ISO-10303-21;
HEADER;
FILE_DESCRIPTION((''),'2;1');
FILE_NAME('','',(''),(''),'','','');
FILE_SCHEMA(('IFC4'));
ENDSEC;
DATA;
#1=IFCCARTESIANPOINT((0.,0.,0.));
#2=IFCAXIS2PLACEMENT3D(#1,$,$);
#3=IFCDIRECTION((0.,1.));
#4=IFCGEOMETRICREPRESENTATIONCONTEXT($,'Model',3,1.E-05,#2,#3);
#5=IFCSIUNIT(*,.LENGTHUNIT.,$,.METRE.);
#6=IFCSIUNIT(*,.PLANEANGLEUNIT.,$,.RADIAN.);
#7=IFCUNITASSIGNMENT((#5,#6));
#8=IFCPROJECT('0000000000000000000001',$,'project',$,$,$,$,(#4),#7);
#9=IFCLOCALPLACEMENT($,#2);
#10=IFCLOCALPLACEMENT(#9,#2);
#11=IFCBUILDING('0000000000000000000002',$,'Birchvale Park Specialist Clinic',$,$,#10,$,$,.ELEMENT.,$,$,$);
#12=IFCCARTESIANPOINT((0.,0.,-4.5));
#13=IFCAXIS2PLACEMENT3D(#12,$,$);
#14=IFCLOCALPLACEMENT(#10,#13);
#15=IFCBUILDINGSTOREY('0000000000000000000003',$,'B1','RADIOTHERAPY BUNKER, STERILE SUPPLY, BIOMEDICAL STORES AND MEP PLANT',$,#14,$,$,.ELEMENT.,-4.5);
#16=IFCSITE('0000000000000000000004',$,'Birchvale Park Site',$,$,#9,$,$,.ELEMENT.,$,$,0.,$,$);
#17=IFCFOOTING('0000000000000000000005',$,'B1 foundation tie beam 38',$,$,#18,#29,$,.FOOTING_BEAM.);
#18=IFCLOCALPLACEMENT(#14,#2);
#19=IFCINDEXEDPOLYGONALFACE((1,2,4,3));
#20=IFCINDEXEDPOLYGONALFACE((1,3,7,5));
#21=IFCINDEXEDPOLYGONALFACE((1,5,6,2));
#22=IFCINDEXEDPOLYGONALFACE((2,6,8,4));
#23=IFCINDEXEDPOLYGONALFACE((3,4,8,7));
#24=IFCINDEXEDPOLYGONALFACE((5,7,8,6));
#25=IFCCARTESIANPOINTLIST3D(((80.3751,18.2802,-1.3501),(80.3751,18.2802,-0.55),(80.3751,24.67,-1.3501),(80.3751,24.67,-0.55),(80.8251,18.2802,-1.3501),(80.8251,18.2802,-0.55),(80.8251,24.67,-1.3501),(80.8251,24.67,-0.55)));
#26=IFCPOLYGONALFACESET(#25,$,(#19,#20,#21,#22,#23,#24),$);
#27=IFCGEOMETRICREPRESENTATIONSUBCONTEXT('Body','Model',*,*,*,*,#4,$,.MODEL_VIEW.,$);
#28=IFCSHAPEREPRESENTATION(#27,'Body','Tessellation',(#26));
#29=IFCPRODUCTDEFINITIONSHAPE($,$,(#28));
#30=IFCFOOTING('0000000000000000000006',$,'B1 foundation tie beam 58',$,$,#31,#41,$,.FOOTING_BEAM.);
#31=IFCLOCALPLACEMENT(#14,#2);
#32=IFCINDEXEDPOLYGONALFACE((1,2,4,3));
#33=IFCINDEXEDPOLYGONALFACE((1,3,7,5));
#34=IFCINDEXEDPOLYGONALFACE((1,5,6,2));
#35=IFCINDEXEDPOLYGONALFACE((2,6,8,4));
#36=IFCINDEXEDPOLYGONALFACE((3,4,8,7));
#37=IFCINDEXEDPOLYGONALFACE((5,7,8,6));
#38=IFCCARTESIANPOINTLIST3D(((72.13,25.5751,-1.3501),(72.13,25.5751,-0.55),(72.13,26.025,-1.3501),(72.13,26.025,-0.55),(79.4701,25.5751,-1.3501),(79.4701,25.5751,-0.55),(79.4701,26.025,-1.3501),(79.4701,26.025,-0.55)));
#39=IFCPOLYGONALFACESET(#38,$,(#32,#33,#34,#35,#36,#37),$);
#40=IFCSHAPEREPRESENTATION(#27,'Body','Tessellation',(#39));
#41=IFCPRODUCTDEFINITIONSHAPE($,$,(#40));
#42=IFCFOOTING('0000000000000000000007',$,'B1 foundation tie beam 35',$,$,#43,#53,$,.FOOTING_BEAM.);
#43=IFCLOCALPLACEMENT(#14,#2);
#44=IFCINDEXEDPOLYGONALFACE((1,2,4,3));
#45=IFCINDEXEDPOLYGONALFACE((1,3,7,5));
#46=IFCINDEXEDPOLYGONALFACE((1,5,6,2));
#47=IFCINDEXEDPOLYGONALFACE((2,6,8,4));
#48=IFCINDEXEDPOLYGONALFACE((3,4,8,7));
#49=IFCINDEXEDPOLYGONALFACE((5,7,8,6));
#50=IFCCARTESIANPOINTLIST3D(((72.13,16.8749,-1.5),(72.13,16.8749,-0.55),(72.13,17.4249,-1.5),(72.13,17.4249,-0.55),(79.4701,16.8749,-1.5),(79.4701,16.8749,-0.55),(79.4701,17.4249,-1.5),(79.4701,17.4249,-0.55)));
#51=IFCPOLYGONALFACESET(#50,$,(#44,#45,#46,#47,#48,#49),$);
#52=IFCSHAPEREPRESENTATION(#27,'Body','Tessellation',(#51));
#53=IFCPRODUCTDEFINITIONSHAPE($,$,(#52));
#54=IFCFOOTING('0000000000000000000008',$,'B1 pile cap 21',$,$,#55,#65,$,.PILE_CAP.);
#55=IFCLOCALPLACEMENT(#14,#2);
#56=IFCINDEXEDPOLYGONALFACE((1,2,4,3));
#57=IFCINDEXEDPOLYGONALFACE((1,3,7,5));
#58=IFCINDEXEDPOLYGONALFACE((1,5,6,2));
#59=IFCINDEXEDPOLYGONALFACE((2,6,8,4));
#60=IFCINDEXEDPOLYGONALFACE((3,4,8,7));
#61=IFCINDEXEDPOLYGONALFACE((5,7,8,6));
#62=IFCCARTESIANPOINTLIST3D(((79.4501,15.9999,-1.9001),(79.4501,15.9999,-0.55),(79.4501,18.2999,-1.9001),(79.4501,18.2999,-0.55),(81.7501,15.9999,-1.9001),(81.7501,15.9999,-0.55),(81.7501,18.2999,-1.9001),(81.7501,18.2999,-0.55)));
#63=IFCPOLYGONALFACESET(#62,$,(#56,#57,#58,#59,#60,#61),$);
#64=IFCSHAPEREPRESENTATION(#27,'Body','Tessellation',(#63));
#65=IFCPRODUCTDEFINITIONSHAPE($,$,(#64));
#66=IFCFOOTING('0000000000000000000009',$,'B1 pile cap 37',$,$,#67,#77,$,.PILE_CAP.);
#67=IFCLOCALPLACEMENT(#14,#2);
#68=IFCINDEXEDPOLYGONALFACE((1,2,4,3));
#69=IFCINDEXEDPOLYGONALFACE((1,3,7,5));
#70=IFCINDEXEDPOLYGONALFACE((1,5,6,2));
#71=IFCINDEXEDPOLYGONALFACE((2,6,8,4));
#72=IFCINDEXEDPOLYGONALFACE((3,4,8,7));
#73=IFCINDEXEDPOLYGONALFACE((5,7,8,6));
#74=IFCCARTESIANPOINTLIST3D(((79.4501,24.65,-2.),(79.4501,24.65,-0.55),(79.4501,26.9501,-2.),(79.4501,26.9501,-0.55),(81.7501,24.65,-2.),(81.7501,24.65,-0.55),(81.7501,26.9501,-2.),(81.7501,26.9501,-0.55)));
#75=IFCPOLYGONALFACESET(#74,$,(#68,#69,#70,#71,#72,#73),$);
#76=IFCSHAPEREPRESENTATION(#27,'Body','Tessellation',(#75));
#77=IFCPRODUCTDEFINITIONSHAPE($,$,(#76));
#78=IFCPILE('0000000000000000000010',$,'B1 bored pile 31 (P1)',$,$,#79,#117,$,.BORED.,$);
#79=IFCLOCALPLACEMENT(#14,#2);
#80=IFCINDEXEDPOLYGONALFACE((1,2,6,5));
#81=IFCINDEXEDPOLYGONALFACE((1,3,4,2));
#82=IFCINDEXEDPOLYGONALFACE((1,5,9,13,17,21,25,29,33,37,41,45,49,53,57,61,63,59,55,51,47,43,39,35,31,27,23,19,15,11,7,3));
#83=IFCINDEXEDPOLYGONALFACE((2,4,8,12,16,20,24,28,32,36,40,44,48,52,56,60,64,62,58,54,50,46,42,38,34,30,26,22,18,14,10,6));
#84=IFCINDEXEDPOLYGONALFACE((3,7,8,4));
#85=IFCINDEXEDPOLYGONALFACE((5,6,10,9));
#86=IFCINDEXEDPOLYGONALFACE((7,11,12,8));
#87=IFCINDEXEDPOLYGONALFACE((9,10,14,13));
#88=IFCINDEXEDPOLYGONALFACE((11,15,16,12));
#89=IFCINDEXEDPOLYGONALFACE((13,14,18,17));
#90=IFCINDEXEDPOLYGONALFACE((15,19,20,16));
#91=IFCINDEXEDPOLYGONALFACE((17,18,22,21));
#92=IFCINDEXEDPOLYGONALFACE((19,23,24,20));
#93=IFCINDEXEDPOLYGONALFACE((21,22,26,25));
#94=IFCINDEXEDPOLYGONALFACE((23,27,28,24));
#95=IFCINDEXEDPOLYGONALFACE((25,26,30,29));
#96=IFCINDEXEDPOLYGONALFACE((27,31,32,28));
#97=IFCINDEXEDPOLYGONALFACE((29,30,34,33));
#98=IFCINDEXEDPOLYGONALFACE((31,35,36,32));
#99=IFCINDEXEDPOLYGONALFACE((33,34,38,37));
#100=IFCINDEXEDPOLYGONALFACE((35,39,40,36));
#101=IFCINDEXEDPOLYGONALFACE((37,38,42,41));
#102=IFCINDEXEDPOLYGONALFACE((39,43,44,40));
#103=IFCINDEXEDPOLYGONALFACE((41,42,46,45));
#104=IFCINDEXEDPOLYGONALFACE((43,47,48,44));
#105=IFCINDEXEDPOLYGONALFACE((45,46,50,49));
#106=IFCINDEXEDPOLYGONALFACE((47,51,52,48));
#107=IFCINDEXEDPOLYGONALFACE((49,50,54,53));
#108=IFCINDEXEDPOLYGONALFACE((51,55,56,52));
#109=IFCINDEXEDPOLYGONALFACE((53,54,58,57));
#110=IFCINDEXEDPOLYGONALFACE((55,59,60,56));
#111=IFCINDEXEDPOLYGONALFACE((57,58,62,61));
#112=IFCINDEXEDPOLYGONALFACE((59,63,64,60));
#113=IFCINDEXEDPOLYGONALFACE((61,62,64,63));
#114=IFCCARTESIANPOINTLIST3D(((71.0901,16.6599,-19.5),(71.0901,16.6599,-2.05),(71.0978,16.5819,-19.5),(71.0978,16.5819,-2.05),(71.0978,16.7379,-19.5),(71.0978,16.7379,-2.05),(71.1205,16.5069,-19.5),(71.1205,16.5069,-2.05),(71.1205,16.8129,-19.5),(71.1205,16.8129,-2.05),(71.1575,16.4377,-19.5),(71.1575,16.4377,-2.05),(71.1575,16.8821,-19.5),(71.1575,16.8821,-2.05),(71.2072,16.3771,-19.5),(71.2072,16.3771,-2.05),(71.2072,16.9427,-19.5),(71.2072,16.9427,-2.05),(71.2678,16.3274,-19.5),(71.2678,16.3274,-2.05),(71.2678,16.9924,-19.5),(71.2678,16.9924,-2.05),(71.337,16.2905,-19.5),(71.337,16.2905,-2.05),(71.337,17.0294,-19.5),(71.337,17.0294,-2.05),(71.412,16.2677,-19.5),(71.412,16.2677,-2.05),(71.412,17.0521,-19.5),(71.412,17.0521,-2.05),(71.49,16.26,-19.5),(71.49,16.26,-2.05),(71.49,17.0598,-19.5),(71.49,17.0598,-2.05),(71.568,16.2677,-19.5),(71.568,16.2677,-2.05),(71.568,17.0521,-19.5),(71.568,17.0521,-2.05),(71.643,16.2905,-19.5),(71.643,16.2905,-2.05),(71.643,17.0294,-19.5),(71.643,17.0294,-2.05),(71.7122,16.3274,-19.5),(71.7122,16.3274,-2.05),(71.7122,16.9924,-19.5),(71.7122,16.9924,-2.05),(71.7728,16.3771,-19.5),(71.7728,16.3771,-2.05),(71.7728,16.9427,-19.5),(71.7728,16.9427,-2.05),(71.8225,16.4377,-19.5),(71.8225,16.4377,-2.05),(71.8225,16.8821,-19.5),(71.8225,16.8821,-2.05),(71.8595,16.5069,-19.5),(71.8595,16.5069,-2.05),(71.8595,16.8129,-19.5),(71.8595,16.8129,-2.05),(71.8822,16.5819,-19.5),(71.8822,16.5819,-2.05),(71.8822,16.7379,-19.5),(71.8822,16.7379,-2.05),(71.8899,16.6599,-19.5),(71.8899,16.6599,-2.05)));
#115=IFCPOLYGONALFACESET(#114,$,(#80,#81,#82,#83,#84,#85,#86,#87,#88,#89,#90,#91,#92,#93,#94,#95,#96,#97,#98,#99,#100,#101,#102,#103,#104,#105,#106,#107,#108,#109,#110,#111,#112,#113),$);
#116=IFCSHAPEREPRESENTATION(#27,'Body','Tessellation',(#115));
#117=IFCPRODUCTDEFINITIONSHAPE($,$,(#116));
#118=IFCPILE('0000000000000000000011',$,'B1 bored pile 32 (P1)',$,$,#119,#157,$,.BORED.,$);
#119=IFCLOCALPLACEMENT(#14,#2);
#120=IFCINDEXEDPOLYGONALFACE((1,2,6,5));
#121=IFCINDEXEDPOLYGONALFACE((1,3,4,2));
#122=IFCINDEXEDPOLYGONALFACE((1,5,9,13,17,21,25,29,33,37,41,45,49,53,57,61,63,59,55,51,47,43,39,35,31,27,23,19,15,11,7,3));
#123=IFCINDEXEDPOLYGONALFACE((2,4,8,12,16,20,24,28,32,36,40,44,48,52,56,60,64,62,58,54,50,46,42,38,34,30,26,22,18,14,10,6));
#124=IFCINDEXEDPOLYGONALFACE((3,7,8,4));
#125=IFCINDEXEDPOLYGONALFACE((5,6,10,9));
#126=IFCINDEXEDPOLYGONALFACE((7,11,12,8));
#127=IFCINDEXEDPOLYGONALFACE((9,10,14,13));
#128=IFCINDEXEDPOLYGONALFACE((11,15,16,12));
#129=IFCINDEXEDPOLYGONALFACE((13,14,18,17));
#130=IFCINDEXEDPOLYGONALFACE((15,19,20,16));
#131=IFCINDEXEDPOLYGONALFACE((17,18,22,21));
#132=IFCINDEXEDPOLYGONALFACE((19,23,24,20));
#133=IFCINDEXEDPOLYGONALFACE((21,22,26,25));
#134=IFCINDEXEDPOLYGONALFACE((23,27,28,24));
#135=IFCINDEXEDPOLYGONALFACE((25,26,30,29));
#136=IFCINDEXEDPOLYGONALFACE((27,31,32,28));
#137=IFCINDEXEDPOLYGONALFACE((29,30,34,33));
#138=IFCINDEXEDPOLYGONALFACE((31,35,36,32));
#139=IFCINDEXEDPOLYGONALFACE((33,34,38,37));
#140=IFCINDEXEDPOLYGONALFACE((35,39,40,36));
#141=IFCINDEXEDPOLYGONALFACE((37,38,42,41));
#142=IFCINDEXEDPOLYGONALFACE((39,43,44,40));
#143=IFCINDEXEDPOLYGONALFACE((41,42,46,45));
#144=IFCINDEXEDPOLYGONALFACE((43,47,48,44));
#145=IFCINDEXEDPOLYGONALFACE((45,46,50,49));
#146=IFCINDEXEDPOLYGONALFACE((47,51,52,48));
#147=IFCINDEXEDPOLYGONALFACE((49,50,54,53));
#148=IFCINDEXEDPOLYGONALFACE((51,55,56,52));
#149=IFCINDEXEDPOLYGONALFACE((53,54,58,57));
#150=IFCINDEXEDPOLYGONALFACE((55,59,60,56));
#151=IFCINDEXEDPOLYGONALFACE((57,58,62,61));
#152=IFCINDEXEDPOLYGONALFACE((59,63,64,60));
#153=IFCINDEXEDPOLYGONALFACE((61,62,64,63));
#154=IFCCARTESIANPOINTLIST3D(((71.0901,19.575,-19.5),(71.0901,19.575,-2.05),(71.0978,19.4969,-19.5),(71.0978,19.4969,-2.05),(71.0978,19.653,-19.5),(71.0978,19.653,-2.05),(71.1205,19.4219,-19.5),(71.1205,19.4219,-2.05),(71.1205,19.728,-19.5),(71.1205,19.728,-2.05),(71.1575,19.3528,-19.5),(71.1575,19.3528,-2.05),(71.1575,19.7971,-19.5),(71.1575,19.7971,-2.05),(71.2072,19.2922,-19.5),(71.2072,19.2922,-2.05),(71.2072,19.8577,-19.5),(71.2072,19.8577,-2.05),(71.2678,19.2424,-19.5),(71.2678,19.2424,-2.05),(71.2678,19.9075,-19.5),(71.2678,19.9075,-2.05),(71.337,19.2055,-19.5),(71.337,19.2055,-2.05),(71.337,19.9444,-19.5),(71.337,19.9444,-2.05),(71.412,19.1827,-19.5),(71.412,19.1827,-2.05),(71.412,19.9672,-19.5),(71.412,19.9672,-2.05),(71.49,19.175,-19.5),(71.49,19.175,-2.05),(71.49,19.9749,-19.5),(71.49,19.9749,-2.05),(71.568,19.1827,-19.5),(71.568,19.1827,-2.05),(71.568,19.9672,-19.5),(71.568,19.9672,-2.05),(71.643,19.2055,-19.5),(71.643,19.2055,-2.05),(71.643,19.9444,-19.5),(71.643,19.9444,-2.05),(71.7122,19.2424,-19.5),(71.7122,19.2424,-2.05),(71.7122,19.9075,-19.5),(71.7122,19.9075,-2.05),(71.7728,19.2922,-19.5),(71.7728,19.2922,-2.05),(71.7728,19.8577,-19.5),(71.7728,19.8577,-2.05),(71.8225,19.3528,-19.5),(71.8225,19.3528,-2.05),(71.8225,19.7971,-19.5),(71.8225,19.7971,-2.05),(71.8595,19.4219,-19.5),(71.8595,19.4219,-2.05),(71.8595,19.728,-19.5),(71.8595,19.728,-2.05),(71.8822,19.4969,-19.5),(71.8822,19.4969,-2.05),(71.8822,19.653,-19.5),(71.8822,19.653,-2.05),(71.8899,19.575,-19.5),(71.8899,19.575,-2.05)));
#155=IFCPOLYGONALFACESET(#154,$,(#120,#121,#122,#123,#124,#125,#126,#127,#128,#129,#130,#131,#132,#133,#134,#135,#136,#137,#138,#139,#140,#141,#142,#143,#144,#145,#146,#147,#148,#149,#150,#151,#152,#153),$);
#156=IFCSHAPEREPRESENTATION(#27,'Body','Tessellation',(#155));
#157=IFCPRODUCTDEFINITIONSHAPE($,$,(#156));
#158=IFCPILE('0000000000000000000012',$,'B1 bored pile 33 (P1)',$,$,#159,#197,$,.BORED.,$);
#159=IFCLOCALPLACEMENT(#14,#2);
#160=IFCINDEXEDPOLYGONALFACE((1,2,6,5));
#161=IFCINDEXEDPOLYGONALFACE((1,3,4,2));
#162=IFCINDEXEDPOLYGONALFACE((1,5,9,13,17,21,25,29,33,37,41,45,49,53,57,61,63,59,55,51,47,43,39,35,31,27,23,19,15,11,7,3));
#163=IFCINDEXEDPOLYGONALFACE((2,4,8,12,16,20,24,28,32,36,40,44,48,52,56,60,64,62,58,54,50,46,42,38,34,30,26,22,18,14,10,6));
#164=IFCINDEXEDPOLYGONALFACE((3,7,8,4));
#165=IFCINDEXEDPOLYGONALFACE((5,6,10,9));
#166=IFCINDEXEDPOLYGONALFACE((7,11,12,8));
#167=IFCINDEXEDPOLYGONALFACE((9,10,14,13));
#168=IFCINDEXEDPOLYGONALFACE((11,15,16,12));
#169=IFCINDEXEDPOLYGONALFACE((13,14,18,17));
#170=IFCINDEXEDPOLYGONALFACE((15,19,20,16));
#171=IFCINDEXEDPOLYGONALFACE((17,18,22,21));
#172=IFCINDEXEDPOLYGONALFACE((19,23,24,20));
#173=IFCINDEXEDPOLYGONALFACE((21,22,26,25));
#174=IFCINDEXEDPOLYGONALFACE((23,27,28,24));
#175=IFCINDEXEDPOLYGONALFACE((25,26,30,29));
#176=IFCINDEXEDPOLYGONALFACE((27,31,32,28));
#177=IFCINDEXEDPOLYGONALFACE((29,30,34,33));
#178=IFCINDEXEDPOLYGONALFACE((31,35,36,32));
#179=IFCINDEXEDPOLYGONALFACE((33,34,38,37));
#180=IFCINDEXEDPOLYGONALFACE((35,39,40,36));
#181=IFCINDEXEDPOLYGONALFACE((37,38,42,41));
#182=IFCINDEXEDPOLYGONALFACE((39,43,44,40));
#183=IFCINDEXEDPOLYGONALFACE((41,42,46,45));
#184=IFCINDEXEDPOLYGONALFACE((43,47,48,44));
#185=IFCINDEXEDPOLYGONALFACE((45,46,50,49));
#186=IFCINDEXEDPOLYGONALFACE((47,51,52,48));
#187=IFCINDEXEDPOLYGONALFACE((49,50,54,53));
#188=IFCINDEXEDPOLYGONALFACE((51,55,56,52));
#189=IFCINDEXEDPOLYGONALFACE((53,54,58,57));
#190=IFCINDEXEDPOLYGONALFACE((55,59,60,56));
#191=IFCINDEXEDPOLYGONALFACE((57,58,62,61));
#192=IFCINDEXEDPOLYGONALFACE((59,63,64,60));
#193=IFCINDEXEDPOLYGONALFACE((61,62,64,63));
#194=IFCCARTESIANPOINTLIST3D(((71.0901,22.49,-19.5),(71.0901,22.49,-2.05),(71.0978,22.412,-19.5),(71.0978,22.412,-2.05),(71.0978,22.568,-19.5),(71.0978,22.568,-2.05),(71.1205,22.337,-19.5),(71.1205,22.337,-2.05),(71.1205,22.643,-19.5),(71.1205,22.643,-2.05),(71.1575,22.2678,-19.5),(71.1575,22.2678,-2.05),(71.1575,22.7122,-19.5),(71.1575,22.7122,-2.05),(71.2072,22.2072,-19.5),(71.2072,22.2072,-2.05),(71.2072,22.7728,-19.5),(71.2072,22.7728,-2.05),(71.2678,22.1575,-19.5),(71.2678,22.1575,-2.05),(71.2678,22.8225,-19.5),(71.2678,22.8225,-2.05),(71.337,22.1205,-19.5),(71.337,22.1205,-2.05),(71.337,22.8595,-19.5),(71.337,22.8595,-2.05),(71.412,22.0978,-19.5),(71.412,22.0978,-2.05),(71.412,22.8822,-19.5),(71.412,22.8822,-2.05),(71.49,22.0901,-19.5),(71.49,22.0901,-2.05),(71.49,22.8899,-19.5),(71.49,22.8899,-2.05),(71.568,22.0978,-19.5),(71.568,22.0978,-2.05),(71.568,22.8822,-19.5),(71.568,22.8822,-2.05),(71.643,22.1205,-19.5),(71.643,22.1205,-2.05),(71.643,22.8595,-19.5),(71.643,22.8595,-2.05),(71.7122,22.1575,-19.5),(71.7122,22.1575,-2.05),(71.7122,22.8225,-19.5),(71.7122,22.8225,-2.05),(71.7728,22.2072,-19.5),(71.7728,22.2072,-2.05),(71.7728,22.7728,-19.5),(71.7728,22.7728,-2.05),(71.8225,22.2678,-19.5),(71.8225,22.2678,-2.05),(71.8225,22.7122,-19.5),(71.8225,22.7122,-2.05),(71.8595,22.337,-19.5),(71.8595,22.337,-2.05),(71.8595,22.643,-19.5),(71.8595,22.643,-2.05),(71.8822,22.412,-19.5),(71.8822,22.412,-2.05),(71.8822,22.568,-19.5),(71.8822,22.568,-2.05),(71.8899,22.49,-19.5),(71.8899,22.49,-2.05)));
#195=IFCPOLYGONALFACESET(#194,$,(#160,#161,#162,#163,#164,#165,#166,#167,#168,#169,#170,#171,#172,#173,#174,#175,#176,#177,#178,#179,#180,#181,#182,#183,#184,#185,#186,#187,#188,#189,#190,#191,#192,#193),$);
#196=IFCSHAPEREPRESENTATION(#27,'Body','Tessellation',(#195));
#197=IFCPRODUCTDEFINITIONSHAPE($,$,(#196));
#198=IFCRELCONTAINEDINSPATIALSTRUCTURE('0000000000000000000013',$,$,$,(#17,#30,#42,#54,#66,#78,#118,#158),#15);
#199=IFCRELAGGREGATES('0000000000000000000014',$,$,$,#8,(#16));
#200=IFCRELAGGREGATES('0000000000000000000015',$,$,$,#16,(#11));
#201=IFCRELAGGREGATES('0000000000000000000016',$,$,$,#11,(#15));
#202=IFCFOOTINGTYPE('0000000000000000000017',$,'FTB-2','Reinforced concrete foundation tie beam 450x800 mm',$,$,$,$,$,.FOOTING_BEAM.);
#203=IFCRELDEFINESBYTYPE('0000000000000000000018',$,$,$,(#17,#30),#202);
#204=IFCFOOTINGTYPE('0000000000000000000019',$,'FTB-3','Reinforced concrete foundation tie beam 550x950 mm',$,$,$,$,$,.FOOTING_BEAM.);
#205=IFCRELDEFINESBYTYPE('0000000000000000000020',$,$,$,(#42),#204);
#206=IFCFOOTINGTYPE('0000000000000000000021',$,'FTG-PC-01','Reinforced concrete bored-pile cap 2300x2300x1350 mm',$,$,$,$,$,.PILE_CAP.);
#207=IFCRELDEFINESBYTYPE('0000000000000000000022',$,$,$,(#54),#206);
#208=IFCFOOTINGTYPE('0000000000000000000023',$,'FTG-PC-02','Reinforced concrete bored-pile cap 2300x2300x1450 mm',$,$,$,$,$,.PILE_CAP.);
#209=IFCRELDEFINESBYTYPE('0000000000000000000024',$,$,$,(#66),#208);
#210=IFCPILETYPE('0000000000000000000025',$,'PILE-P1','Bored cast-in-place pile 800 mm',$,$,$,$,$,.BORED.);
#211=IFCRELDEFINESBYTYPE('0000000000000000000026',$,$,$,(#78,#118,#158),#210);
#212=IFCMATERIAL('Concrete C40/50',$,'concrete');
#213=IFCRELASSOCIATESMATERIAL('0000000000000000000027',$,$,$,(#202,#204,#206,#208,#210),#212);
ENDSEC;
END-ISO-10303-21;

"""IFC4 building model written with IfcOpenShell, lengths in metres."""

from ifc_helpers import new_model, si_unit, direction, frame, origin, origin_2d, place, context, subcontext, project, spatial, rectangle, circle, extrude, material, material_profile, profile_set, type_object, element, save


model = new_model("IFC4")

# Units and contexts
model_context = context("Model", 3, precision=1e-05, world=origin(), true_north=direction((0.0, 1.0)))
body_context = subcontext(model_context, "Body", "Model", "MODEL_VIEW")
ifc_project = project(units=[si_unit("LENGTHUNIT", "METRE"), si_unit("PLANEANGLEUNIT", "RADIAN")], contexts=[model_context])

# Site, building, storey
site_placement = place(None, origin())
site = spatial("IfcSite", under=ifc_project, at=site_placement, Name="Birchvale Park Site", CompositionType="ELEMENT", RefElevation=0.0)
building_placement = place(site_placement, origin())
building = spatial("IfcBuilding", under=site, at=building_placement, Name="Birchvale Park Specialist Clinic", CompositionType="ELEMENT")
storey_placement = place(building_placement, frame((0.0, 0.0, -4.5)))
storey = spatial("IfcBuildingStorey", under=building, at=storey_placement, Name="B1", Description="RADIOTHERAPY BUNKER, STERILE SUPPLY, BIOMEDICAL STORES AND MEP PLANT", CompositionType="ELEMENT", Elevation=-4.5)

# Footings
ifc_material_1 = material(Name="Concrete C40/50", Category="concrete")
footing_type_1 = type_object("IfcFootingType", Name="FTB-2", Description="Reinforced concrete foundation tie beam 450x800 mm", PredefinedType="FOOTING_BEAM", material=ifc_material_1)
footing_1_placement = place(storey_placement, frame((80.6001, 21.4751, -1.3501), z_axis=(0.0, 0.0, 1.0), x_axis=(1.0, 0.0, 0.0)))
element("IfcFooting", 1, at=footing_1_placement, inside=storey, type_object=footing_type_1, Name="B1 foundation tie beam 38", PredefinedType="FOOTING_BEAM", context=body_context, shape_type="SweptSolid", body=[
    extrude(rectangle(XDim=0.45, YDim=6.3899, at=origin_2d()), origin(), (0.0, 0.0, 1.0), 0.8),
])
footing_2_placement = place(storey_placement, frame((75.8, 25.8, -1.3501), z_axis=(0.0, 0.0, 1.0), x_axis=(1.0, 0.0, 0.0)))
element("IfcFooting", 2, at=footing_2_placement, inside=storey, type_object=footing_type_1, Name="B1 foundation tie beam 58", PredefinedType="FOOTING_BEAM", context=body_context, shape_type="SweptSolid", body=[
    extrude(rectangle(XDim=7.3401, YDim=0.45, at=origin_2d()), origin(), (0.0, 0.0, 1.0), 0.8),
])
footing_type_2 = type_object("IfcFootingType", Name="FTB-3", Description="Reinforced concrete foundation tie beam 550x950 mm", PredefinedType="FOOTING_BEAM", material=ifc_material_1)
footing_3_placement = place(storey_placement, frame((75.8, 17.1499, -1.5), z_axis=(0.0, 0.0, 1.0), x_axis=(1.0, 0.0, 0.0)))
element("IfcFooting", 3, at=footing_3_placement, inside=storey, type_object=footing_type_2, Name="B1 foundation tie beam 35", PredefinedType="FOOTING_BEAM", context=body_context, shape_type="SweptSolid", body=[
    extrude(rectangle(XDim=7.3401, YDim=0.55, at=origin_2d()), origin(), (0.0, 0.0, 1.0), 0.95),
])
footing_type_3 = type_object("IfcFootingType", Name="FTG-PC-01", Description="Reinforced concrete bored-pile cap 2300x2300x1350 mm", PredefinedType="PILE_CAP", material=ifc_material_1)
footing_4_placement = place(storey_placement, frame((80.6001, 17.1499, -1.9001), z_axis=(0.0, 0.0, 1.0), x_axis=(1.0, 0.0, 0.0)))
element("IfcFooting", 4, at=footing_4_placement, inside=storey, type_object=footing_type_3, Name="B1 pile cap 21", PredefinedType="PILE_CAP", context=body_context, shape_type="SweptSolid", body=[
    extrude(rectangle(XDim=2.3, YDim=2.3, at=origin_2d()), origin(), (0.0, 0.0, 1.0), 1.3501),
])
footing_type_4 = type_object("IfcFootingType", Name="FTG-PC-02", Description="Reinforced concrete bored-pile cap 2300x2300x1450 mm", PredefinedType="PILE_CAP", material=ifc_material_1)
footing_5_placement = place(storey_placement, frame((80.6001, 25.8, -2.0), z_axis=(0.0, 0.0, 1.0), x_axis=(1.0, 0.0, 0.0)))
element("IfcFooting", 5, at=footing_5_placement, inside=storey, type_object=footing_type_4, Name="B1 pile cap 37", PredefinedType="PILE_CAP", context=body_context, shape_type="SweptSolid", body=[
    extrude(rectangle(XDim=2.3, YDim=2.3, at=origin_2d()), origin(), (0.0, 0.0, 1.0), 1.45),
])

# Piles
ifc_material_profile_1 = material_profile(ifc_material_1, circle(Radius=0.3999, at=origin_2d()), Name="PILE-800")
ifc_profile_set_1 = profile_set([ifc_material_profile_1], Name="Concrete C40/50")
pile_type_1 = type_object("IfcPileType", Name="PILE-P1", Description="Bored cast-in-place pile 800 mm", PredefinedType="BORED", material=ifc_profile_set_1)
for number, where, z_axis, x_axis, name in (
    (6, (71.49, 16.6599, -2.05), (0.0, 0.0, -1.0), (1.0, 0.0, 0.0), "B1 bored pile 31 (P1)"),
    (7, (71.49, 19.575, -2.05), (0.0, 0.0, -1.0), (1.0, 0.0, 0.0), "B1 bored pile 32 (P1)"),
    (8, (71.49, 22.49, -2.05), (0.0, 0.0, -1.0), (1.0, 0.0, 0.0), "B1 bored pile 33 (P1)"),
):
    element("IfcPile", number, at=place(storey_placement, frame(where, z_axis=z_axis, x_axis=x_axis)), inside=storey, type_object=pile_type_1, Name=name, PredefinedType="BORED", context=body_context, shape_type="SweptSolid", body=[
        extrude(circle(Radius=0.3999, at=origin_2d()), origin(), (0.0, 0.0, 1.0), 17.45),
    ])

save(model, "model.ifc")
